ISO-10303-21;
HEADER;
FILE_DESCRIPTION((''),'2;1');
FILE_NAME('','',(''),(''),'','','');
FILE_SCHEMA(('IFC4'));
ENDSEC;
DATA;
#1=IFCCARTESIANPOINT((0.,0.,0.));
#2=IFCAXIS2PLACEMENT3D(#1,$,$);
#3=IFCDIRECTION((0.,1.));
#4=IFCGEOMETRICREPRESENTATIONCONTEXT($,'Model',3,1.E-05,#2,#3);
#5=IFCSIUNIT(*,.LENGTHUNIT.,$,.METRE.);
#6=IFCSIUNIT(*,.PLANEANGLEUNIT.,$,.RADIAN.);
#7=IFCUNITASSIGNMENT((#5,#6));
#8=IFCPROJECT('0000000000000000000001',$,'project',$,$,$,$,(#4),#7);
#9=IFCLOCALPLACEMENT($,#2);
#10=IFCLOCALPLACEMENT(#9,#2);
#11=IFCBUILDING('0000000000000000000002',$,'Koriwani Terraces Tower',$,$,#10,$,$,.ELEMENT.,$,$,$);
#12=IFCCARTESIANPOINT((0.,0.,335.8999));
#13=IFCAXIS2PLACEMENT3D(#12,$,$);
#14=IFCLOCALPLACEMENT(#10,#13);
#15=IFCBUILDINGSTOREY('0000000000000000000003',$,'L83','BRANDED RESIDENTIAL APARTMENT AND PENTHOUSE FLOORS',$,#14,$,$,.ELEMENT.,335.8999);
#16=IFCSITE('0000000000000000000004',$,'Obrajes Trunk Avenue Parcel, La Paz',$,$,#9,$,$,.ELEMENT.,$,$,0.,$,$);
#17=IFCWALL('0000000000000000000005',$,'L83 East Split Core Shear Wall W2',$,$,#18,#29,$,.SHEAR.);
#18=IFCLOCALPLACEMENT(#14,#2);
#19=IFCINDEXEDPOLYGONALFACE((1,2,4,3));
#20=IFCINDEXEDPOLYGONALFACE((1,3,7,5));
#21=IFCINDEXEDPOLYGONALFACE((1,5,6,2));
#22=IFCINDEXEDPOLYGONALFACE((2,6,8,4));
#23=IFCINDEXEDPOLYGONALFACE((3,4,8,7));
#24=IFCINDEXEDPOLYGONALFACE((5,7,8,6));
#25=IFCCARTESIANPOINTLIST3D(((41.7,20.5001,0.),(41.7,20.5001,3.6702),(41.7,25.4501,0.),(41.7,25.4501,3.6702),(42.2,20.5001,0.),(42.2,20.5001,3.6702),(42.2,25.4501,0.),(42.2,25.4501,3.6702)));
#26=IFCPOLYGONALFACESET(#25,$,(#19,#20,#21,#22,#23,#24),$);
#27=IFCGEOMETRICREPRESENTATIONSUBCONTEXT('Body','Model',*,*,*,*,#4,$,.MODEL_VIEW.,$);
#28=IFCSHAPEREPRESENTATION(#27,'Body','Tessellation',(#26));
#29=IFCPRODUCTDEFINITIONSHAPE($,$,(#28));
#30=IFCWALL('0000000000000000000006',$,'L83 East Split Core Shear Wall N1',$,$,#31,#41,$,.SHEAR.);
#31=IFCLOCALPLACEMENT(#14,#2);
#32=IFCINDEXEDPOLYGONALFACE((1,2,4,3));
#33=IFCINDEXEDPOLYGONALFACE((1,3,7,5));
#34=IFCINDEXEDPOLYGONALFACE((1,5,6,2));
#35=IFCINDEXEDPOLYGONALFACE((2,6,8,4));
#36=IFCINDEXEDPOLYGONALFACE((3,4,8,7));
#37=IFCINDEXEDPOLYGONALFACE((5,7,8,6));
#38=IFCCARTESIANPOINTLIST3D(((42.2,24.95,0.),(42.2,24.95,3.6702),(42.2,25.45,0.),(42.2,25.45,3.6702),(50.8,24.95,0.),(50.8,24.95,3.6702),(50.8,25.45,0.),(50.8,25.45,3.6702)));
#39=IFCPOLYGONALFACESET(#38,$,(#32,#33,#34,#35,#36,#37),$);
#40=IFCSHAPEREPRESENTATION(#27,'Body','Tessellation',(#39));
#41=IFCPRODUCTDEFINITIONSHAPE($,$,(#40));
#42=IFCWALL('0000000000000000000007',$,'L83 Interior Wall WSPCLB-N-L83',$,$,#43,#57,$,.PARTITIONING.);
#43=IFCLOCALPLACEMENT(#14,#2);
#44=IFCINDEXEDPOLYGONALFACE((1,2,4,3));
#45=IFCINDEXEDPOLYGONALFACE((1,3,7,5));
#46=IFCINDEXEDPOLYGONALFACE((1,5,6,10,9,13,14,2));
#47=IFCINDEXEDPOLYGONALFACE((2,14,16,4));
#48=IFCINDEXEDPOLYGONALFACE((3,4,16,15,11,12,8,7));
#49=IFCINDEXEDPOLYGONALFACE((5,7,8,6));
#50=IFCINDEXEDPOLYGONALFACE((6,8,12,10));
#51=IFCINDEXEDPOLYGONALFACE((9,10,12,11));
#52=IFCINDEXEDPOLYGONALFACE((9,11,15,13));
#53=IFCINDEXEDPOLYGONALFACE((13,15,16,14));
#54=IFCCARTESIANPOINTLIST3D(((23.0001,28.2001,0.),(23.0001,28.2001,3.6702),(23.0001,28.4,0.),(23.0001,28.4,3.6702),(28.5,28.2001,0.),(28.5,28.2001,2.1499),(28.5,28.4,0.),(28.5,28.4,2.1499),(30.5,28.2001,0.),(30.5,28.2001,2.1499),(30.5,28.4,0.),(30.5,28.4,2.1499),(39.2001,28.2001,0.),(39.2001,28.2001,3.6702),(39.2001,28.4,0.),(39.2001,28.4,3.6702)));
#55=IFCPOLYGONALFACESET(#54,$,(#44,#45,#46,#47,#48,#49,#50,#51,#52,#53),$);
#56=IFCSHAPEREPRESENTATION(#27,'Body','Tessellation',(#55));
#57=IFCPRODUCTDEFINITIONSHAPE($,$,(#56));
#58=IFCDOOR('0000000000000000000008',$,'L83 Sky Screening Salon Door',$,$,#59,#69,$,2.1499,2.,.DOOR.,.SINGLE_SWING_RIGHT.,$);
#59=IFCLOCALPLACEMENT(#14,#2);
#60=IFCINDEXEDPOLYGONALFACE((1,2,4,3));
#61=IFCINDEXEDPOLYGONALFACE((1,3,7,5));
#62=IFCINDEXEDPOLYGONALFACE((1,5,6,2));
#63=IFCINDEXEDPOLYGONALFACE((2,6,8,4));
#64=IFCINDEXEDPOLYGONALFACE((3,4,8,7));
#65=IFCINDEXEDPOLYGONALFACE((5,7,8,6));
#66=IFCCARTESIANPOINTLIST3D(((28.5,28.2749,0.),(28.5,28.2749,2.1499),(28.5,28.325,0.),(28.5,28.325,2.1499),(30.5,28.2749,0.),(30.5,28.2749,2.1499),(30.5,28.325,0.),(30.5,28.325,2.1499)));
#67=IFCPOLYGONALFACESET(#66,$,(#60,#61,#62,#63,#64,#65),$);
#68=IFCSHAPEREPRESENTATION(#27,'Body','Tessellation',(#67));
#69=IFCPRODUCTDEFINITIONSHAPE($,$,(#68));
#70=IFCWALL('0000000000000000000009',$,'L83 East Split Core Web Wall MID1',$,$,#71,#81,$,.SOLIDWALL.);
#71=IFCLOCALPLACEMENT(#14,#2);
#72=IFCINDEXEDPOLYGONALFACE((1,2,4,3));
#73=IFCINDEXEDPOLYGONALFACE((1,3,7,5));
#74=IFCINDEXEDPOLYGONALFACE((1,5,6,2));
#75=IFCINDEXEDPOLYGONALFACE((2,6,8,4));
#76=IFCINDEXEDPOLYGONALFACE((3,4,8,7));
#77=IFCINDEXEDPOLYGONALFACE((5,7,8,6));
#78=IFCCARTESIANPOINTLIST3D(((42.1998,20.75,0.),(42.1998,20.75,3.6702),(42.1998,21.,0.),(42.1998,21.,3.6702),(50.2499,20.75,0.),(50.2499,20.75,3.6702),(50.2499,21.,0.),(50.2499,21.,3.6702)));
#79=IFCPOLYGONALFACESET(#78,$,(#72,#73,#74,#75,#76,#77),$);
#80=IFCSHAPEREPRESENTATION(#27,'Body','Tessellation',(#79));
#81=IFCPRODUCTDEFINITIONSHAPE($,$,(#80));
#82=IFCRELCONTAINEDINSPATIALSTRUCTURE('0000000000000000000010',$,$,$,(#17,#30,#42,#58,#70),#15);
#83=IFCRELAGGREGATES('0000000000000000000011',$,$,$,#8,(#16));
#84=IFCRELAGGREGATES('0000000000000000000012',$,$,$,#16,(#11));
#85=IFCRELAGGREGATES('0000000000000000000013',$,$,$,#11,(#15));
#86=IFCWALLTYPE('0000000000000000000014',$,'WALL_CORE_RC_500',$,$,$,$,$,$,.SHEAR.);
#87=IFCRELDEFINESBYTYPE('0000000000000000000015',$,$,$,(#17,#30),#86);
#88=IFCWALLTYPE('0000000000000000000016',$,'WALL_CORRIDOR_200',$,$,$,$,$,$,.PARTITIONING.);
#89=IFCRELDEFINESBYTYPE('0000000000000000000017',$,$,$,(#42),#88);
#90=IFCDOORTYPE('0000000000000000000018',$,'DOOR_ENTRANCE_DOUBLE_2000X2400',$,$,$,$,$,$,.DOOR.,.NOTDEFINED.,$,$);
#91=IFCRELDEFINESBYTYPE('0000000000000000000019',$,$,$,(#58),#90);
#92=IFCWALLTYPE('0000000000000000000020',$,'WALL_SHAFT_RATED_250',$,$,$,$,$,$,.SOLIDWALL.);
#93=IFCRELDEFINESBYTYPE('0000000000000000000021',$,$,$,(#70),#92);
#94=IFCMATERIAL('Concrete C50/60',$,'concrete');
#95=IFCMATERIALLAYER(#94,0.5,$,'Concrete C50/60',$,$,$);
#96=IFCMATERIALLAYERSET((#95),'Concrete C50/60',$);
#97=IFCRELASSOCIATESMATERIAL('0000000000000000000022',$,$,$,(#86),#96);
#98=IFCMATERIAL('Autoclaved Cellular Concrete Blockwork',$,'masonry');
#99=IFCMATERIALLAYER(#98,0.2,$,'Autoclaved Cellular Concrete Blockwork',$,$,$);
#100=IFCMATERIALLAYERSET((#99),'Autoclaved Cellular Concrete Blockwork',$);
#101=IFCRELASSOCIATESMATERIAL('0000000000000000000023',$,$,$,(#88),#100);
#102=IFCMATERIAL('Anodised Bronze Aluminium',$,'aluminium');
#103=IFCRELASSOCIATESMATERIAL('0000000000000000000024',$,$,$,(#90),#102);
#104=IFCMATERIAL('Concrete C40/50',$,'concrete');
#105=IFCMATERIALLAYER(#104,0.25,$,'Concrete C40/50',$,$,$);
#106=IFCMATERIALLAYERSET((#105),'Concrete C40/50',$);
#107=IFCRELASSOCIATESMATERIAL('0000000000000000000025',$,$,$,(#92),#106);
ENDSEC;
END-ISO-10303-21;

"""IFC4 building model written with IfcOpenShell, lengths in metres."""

from ifc_helpers import new_model, si_unit, direction, frame, frame_2d, origin, place, context, subcontext, project, spatial, rectangle, extrude, material, layer, layer_set, type_object, element, fill, save


model = new_model("IFC4")

# Units and contexts
model_context = context("Model", 3, precision=1e-05, world=origin(), true_north=direction((0.0, 1.0)))
body_context = subcontext(model_context, "Body", "Model", "MODEL_VIEW")
ifc_project = project(units=[si_unit("LENGTHUNIT", "METRE"), si_unit("PLANEANGLEUNIT", "RADIAN")], contexts=[model_context])

# Site, building, storey
site_placement = place(None, origin())
site = spatial("IfcSite", under=ifc_project, at=site_placement, Name="Obrajes Trunk Avenue Parcel, La Paz", CompositionType="ELEMENT", RefElevation=0.0)
building_placement = place(site_placement, origin())
building = spatial("IfcBuilding", under=site, at=building_placement, Name="Koriwani Terraces Tower", CompositionType="ELEMENT")
storey_placement = place(building_placement, frame((0.0, 0.0, 335.8999)))
storey = spatial("IfcBuildingStorey", under=building, at=storey_placement, Name="L83", Description="BRANDED RESIDENTIAL APARTMENT AND PENTHOUSE FLOORS", CompositionType="ELEMENT", Elevation=335.8999)

# Shared definitions
ifc_material_1 = material(Name="Concrete C50/60", Category="concrete")

# Shared definitions
ifc_material_2 = material(Name="Concrete C40/50", Category="concrete")

# Walls
ifc_layer_1 = layer(ifc_material_1, 0.5, Name="Concrete C50/60")
ifc_layer_set_1 = layer_set([ifc_layer_1], Name="Concrete C50/60")
wall_type_1 = type_object("IfcWallType", Name="WALL_CORE_RC_500", PredefinedType="SHEAR", material=ifc_layer_set_1)
wall_1_placement = place(storey_placement, frame((41.95, 20.5, 0.0), z_axis=(0.0, 0.0, 1.0), x_axis=(0.0, 1.0, 0.0)))
element("IfcWall", 1, at=wall_1_placement, inside=storey, type_object=wall_type_1, Name="L83 East Split Core Shear Wall W2", PredefinedType="SHEAR", context=body_context, shape_type="SweptSolid", body=[
    extrude(rectangle(XDim=4.95, YDim=0.5, at=frame_2d((2.4751, 0.0))), origin(), (0.0, 0.0, 1.0), 3.6702),
])
wall_2_placement = place(storey_placement, frame((42.2, 25.2, 0.0), z_axis=(0.0, 0.0, 1.0), x_axis=(1.0, 0.0, 0.0)))
element("IfcWall", 2, at=wall_2_placement, inside=storey, type_object=wall_type_1, Name="L83 East Split Core Shear Wall N1", PredefinedType="SHEAR", context=body_context, shape_type="SweptSolid", body=[
    extrude(rectangle(XDim=8.6001, YDim=0.5, at=frame_2d((4.3, 0.0))), origin(), (0.0, 0.0, 1.0), 3.6702),
])

# Wall, opening, door
ifc_material_3 = material(Name="Autoclaved Cellular Concrete Blockwork", Category="masonry")
ifc_layer_2 = layer(ifc_material_3, 0.2, Name="Autoclaved Cellular Concrete Blockwork")
ifc_layer_set_2 = layer_set([ifc_layer_2], Name="Autoclaved Cellular Concrete Blockwork")
wall_type_2 = type_object("IfcWallType", Name="WALL_CORRIDOR_200", PredefinedType="PARTITIONING", material=ifc_layer_set_2)
wall_3_placement = place(storey_placement, frame((23.0, 28.3, 0.0), z_axis=(0.0, 0.0, 1.0), x_axis=(1.0, 0.0, 0.0)))
wall_3 = element("IfcWall", 3, at=wall_3_placement, inside=storey, type_object=wall_type_2, Name="L83 Interior Wall WSPCLB-N-L83", PredefinedType="PARTITIONING", context=body_context, shape_type="SweptSolid", body=[
    extrude(rectangle(XDim=16.2, YDim=0.2, at=frame_2d((8.1001, 0.0))), origin(), (0.0, 0.0, 1.0), 3.6702),
])
opening_1_placement = place(wall_3_placement, frame((5.5, 0.0, 0.0)))
opening_1 = element("IfcOpeningElement", 4, at=opening_1_placement, cuts=wall_3, PredefinedType="OPENING", context=body_context, shape_type="SweptSolid", body=[
    extrude(rectangle(XDim=2.0, YDim=2.1499, at=frame_2d((1.0, 1.075))), frame((0.0, 0.1099, 0.0), z_axis=(0.0, -1.0, 0.0), x_axis=(1.0, 0.0, 0.0)), (0.0, 0.0, 1.0), 0.22),
])
ifc_material_4 = material(Name="Anodised Bronze Aluminium", Category="aluminium")
door_type_1 = type_object("IfcDoorType", Name="DOOR_ENTRANCE_DOUBLE_2000X2400", OperationType="NOTDEFINED", PredefinedType="DOOR", material=ifc_material_4)
door_1_placement = place(opening_1_placement, origin())
door_1 = element("IfcDoor", 5, at=door_1_placement, inside=storey, type_object=door_type_1, Name="L83 Sky Screening Salon Door", OperationType="SINGLE_SWING_RIGHT", OverallHeight=2.1499, OverallWidth=2.0, PredefinedType="DOOR", context=body_context, shape_type="SweptSolid", body=[
    extrude(rectangle(XDim=2.0, YDim=2.1499, at=frame_2d((1.0, 1.075))), frame((0.0, 0.0249, 0.0), z_axis=(0.0, -1.0, 0.0), x_axis=(1.0, 0.0, 0.0)), (0.0, 0.0, 1.0), 0.05),
])
fill(opening_1, door_1)

# Wall
ifc_layer_3 = layer(ifc_material_2, 0.25, Name="Concrete C40/50")
ifc_layer_set_3 = layer_set([ifc_layer_3], Name="Concrete C40/50")
wall_type_3 = type_object("IfcWallType", Name="WALL_SHAFT_RATED_250", PredefinedType="SOLIDWALL", material=ifc_layer_set_3)
wall_4_placement = place(storey_placement, frame((42.2, 20.875, 0.0), z_axis=(0.0, 0.0, 1.0), x_axis=(1.0, 0.0, 0.0)))
element("IfcWall", 6, at=wall_4_placement, inside=storey, type_object=wall_type_3, Name="L83 East Split Core Web Wall MID1", PredefinedType="SOLIDWALL", context=body_context, shape_type="SweptSolid", body=[
    extrude(rectangle(XDim=8.05, YDim=0.25, at=frame_2d((4.0249, 0.0))), origin(), (0.0, 0.0, 1.0), 3.6702),
])

save(model, "model.ifc")
